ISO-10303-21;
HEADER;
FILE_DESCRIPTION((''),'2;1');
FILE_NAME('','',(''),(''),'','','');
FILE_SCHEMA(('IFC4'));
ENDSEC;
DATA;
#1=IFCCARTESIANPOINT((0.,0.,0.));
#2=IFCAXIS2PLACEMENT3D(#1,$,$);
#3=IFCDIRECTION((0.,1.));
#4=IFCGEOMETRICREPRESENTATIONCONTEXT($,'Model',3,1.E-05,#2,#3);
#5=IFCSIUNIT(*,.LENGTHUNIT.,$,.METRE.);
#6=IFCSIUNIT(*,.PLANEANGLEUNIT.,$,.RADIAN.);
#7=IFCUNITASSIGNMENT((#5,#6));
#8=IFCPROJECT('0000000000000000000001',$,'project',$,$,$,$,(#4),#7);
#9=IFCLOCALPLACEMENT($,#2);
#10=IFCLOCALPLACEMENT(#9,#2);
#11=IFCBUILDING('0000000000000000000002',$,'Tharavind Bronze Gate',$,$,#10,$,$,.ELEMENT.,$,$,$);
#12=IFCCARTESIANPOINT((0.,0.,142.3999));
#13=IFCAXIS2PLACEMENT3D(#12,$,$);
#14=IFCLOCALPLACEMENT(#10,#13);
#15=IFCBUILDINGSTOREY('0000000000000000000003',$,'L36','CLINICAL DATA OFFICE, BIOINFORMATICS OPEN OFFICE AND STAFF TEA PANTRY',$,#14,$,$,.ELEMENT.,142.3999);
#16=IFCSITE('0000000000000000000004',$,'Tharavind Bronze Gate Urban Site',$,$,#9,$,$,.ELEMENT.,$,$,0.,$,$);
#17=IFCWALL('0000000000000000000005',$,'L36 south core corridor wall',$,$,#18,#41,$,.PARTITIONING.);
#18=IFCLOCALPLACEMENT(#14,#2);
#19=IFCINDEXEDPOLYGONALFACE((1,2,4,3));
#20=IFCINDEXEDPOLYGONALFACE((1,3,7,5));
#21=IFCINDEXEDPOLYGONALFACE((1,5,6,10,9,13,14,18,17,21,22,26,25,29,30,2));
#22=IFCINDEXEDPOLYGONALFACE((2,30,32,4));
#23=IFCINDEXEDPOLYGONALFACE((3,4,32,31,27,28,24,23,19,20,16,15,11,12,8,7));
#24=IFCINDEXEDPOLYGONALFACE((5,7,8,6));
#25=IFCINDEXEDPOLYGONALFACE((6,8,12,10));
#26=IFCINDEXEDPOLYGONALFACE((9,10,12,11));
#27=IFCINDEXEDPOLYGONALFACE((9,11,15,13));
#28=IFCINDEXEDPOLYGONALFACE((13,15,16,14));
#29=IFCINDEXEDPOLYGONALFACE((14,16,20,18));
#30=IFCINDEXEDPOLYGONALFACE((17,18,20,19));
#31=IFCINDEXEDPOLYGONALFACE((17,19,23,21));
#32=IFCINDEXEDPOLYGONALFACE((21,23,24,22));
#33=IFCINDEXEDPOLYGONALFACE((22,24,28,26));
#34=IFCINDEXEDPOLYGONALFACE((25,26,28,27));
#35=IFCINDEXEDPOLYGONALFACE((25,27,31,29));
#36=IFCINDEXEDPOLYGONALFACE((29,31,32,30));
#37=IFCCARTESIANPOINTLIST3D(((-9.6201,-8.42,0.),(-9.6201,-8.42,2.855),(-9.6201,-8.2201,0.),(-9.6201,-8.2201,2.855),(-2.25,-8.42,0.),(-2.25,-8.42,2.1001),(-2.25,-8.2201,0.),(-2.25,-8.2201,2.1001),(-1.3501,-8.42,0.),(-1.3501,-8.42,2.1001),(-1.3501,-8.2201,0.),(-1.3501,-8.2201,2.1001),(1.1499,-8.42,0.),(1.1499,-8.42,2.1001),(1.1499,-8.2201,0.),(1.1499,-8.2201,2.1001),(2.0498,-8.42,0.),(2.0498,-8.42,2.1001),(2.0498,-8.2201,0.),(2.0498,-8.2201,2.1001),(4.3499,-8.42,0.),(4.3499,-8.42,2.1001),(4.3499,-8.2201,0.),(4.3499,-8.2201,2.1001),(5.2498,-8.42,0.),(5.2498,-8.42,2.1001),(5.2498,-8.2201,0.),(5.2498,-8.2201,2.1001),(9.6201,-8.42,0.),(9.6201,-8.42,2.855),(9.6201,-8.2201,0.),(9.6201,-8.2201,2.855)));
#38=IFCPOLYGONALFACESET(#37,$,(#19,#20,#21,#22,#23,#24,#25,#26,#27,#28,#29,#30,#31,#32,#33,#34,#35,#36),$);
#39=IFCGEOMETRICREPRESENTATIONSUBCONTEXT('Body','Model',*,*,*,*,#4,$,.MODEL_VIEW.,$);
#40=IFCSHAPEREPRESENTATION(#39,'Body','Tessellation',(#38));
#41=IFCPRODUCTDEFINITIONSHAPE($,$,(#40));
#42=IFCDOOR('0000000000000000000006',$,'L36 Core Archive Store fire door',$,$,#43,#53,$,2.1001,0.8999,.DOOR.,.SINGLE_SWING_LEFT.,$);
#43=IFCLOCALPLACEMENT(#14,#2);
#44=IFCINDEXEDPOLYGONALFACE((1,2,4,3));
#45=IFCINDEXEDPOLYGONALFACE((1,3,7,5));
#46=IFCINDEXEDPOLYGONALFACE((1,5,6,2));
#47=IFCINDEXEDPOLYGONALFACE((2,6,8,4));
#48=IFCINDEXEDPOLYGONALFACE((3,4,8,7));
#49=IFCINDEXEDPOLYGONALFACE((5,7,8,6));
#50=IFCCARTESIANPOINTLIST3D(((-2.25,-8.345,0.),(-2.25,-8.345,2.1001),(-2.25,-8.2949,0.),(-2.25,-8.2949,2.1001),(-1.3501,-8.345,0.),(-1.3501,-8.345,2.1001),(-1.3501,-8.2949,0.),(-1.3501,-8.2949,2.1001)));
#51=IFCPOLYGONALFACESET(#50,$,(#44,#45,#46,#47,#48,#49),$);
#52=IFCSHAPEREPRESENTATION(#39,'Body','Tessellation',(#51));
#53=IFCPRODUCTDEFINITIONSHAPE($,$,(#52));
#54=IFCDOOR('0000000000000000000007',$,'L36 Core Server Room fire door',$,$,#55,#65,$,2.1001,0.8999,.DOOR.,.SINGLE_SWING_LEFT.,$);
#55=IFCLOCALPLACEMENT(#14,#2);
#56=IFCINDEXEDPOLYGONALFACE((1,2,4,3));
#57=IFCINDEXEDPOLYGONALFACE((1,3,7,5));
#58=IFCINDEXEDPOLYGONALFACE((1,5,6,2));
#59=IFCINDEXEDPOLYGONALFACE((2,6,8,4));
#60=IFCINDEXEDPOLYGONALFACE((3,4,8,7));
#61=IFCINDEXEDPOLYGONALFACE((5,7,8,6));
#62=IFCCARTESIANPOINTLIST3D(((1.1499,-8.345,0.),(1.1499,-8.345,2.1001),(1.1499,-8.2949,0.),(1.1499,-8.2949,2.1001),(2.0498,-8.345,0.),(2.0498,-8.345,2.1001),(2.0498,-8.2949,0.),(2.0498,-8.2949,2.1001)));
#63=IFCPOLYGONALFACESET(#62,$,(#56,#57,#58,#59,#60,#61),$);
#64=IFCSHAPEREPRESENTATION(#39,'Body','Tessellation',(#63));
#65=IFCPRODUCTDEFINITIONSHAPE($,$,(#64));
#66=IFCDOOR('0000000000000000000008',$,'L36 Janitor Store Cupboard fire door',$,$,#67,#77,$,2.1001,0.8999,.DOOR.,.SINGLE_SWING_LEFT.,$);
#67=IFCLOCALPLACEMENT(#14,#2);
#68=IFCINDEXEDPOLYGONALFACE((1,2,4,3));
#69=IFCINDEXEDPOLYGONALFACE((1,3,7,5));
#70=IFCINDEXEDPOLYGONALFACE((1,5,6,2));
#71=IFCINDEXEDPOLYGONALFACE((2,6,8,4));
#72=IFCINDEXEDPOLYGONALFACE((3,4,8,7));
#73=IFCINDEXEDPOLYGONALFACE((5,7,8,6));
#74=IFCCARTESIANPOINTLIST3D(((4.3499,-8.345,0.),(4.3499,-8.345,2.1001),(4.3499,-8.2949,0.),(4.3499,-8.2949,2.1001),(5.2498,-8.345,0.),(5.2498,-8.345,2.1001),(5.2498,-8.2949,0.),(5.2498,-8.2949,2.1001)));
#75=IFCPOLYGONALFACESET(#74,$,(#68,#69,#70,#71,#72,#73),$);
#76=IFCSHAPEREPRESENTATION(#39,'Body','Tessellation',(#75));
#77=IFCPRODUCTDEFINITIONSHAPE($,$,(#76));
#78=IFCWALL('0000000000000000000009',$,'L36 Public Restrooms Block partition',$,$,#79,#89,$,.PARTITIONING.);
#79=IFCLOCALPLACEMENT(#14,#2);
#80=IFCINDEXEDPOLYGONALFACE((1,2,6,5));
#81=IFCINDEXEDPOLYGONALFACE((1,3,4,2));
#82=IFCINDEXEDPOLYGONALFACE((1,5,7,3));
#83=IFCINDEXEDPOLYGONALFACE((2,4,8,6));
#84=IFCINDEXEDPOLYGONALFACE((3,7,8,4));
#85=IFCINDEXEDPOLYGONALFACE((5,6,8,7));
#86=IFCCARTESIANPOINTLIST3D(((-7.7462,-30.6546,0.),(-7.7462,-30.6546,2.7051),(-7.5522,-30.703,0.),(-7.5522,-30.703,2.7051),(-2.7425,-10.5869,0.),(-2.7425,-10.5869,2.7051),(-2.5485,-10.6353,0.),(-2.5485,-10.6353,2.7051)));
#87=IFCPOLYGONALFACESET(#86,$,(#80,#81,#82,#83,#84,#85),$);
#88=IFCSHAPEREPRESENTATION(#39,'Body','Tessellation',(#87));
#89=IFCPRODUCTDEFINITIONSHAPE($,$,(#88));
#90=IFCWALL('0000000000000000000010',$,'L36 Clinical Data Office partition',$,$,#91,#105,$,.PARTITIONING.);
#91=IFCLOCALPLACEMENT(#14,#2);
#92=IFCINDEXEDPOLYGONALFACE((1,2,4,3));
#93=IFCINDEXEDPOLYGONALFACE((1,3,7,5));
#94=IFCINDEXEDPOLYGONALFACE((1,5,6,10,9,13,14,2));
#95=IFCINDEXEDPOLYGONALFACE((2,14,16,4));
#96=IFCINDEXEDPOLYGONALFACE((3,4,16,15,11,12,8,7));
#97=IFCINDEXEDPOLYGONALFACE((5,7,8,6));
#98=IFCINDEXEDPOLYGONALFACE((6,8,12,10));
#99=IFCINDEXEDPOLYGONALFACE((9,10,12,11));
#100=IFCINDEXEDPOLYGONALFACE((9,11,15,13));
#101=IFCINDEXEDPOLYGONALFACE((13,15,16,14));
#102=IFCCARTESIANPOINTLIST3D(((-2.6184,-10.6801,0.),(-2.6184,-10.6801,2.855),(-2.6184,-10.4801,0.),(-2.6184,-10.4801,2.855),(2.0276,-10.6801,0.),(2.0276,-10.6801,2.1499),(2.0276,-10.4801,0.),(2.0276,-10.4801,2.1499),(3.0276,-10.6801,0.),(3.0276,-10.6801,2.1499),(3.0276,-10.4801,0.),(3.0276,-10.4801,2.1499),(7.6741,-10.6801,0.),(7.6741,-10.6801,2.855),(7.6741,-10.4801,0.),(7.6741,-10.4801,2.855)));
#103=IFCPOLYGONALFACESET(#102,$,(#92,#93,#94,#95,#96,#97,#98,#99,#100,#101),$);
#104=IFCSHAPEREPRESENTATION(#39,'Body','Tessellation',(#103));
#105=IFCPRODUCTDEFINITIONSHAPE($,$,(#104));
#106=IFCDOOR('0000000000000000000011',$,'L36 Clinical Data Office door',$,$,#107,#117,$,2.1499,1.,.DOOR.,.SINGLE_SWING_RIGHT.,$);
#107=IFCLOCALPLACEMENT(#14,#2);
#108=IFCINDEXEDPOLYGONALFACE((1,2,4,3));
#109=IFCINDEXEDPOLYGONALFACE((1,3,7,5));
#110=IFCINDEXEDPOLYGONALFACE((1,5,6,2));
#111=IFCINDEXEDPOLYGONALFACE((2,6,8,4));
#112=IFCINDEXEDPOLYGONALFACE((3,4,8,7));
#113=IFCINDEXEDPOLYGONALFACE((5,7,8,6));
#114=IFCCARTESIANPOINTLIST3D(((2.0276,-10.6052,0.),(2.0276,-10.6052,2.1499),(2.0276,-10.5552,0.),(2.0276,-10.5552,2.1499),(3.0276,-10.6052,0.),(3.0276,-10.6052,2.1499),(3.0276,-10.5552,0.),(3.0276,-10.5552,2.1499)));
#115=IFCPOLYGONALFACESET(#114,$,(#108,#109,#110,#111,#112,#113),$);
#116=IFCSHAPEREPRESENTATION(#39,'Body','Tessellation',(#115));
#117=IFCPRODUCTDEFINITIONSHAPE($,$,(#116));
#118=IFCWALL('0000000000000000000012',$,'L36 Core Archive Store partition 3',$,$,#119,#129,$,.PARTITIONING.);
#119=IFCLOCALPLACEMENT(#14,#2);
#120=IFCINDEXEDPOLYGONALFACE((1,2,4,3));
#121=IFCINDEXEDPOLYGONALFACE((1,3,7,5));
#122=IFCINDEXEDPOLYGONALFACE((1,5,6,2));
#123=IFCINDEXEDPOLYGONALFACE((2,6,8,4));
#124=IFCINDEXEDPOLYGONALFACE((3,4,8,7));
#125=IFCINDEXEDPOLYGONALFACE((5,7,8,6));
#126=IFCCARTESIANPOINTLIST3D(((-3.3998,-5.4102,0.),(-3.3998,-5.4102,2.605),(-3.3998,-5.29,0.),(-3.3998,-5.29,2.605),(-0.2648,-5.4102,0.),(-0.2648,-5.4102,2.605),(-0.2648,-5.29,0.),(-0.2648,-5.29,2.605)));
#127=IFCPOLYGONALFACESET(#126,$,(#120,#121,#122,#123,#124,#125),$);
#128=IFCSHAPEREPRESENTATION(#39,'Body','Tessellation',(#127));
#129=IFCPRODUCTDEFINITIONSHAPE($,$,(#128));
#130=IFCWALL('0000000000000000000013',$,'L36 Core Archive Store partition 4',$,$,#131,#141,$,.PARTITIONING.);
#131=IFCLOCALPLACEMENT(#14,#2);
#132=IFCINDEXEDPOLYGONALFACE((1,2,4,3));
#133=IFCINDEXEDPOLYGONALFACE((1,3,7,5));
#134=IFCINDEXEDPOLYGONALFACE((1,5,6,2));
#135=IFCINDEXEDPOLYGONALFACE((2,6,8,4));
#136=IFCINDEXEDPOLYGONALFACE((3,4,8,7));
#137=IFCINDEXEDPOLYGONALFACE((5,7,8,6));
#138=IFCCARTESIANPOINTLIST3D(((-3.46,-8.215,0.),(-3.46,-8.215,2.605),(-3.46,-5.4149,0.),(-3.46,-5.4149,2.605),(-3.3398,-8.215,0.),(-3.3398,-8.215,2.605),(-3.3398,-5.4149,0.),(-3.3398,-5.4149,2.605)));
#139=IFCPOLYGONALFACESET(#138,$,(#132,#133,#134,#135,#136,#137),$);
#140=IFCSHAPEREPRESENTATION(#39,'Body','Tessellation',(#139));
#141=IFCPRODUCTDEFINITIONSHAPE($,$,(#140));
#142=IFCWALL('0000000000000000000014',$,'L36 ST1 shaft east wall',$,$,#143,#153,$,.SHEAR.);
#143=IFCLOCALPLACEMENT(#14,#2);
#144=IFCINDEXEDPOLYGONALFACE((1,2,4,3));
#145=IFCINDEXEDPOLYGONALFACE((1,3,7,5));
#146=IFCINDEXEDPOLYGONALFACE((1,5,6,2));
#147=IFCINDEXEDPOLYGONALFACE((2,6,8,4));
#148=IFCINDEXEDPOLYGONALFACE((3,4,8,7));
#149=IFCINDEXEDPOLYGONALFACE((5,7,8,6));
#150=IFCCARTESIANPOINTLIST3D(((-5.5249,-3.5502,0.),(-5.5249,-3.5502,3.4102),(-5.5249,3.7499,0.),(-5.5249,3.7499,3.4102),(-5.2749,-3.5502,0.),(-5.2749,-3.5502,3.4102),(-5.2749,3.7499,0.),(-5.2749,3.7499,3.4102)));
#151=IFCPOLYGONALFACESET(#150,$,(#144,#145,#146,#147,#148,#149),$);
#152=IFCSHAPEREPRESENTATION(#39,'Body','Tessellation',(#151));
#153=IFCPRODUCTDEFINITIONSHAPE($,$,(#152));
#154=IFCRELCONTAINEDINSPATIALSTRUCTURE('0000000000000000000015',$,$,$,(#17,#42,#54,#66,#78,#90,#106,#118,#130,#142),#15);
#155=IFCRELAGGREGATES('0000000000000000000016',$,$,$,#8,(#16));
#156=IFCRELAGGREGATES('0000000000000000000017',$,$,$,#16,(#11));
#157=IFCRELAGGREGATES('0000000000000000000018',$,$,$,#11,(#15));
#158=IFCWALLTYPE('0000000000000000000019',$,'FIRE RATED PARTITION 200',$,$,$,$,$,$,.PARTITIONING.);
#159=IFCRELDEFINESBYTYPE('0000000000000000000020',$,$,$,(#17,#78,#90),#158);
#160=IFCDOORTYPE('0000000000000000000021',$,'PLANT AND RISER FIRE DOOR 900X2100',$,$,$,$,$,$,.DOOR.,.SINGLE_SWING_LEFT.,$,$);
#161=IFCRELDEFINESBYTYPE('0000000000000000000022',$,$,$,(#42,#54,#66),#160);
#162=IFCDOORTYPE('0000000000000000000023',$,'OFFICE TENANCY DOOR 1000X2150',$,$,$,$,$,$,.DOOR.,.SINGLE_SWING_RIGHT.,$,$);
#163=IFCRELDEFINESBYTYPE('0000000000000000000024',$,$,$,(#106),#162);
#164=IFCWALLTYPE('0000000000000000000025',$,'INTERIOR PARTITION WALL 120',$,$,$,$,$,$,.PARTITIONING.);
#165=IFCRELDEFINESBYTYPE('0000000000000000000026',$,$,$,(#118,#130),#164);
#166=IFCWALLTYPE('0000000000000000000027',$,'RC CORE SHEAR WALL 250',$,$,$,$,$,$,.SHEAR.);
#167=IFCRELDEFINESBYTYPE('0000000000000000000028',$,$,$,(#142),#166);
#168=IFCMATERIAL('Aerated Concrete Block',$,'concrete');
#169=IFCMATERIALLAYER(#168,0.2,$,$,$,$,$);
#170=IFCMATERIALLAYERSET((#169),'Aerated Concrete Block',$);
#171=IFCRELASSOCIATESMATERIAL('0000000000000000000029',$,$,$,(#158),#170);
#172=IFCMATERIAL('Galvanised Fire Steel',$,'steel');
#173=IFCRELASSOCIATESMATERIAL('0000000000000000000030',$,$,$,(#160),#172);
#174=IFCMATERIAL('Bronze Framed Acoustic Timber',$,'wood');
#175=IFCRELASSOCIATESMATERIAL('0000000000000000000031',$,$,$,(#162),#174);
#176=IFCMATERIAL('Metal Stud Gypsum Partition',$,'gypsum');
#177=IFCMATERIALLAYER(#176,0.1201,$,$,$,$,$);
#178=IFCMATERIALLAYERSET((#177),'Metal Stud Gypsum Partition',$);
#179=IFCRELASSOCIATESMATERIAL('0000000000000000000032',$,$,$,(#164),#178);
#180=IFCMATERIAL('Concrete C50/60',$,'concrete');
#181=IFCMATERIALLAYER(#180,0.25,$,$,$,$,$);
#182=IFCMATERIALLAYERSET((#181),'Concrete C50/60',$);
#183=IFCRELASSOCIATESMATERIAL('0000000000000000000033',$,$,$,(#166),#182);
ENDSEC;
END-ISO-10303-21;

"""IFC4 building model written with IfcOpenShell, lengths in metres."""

from ifc_helpers import new_model, si_unit, direction, frame, frame_2d, origin, place, context, subcontext, project, spatial, rectangle, extrude, material, layer, layer_set, type_object, element, fill, save


model = new_model("IFC4")

# Units and contexts
model_context = context("Model", 3, precision=1e-05, world=origin(), true_north=direction((0.0, 1.0)))
body_context = subcontext(model_context, "Body", "Model", "MODEL_VIEW")
ifc_project = project(units=[si_unit("LENGTHUNIT", "METRE"), si_unit("PLANEANGLEUNIT", "RADIAN")], contexts=[model_context])

# Site, building, storey
site_placement = place(None, origin())
site = spatial("IfcSite", under=ifc_project, at=site_placement, Name="Tharavind Bronze Gate Urban Site", CompositionType="ELEMENT", RefElevation=0.0)
building_placement = place(site_placement, origin())
building = spatial("IfcBuilding", under=site, at=building_placement, Name="Tharavind Bronze Gate", CompositionType="ELEMENT")
storey_placement = place(building_placement, frame((0.0, 0.0, 142.3999)))
storey = spatial("IfcBuildingStorey", under=building, at=storey_placement, Name="L36", Description="CLINICAL DATA OFFICE, BIOINFORMATICS OPEN OFFICE AND STAFF TEA PANTRY", CompositionType="ELEMENT", Elevation=142.3999)

# Wall, openings, doors
ifc_material_1 = material(Name="Aerated Concrete Block", Category="concrete")
ifc_layer_1 = layer(ifc_material_1, 0.2)
ifc_layer_set_1 = layer_set([ifc_layer_1], Name="Aerated Concrete Block")
wall_type_1 = type_object("IfcWallType", Name="FIRE RATED PARTITION 200", PredefinedType="PARTITIONING", material=ifc_layer_set_1)
wall_1_placement = place(storey_placement, frame((-9.6201, -8.3201, 0.0), z_axis=(0.0, 0.0, 1.0), x_axis=(1.0, 0.0, 0.0)))
wall_1 = element("IfcWall", 1, at=wall_1_placement, inside=storey, type_object=wall_type_1, Name="L36 south core corridor wall", PredefinedType="PARTITIONING", context=body_context, shape_type="SweptSolid", body=[
    extrude(rectangle(XDim=19.2402, YDim=0.2, at=frame_2d((9.6201, 0.0))), origin(), (0.0, 0.0, 1.0), 2.855),
])
opening_1_placement = place(wall_1_placement, frame((7.3701, 0.0, 0.0)))
opening_1 = element("IfcOpeningElement", 2, at=opening_1_placement, cuts=wall_1, PredefinedType="OPENING", context=body_context, shape_type="SweptSolid", body=[
    extrude(rectangle(XDim=0.8999, YDim=2.1001, at=frame_2d((0.45, 1.05))), frame((0.0, 0.1101, 0.0), z_axis=(0.0, -1.0, 0.0), x_axis=(1.0, 0.0, 0.0)), (0.0, 0.0, 1.0), 0.22),
])
opening_2_placement = place(wall_1_placement, frame((10.77, 0.0, 0.0)))
opening_2 = element("IfcOpeningElement", 3, at=opening_2_placement, cuts=wall_1, PredefinedType="OPENING", context=body_context, shape_type="SweptSolid", body=[
    extrude(rectangle(XDim=0.8999, YDim=2.1001, at=frame_2d((0.45, 1.05))), frame((0.0, 0.1101, 0.0), z_axis=(0.0, -1.0, 0.0), x_axis=(1.0, 0.0, 0.0)), (0.0, 0.0, 1.0), 0.22),
])
opening_3_placement = place(wall_1_placement, frame((13.97, 0.0, 0.0)))
opening_3 = element("IfcOpeningElement", 4, at=opening_3_placement, cuts=wall_1, PredefinedType="OPENING", context=body_context, shape_type="SweptSolid", body=[
    extrude(rectangle(XDim=0.8999, YDim=2.1001, at=frame_2d((0.45, 1.05))), frame((0.0, 0.1101, 0.0), z_axis=(0.0, -1.0, 0.0), x_axis=(1.0, 0.0, 0.0)), (0.0, 0.0, 1.0), 0.22),
])
ifc_material_2 = material(Name="Galvanised Fire Steel", Category="steel")
door_type_1 = type_object("IfcDoorType", Name="PLANT AND RISER FIRE DOOR 900X2100", OperationType="SINGLE_SWING_LEFT", PredefinedType="DOOR", material=ifc_material_2)
door_1_placement = place(opening_1_placement, frame((0.8999, 0.0, 0.0), z_axis=(0.0, 0.0, 1.0), x_axis=(-1.0, 0.0, 0.0)))
door_1 = element("IfcDoor", 5, at=door_1_placement, inside=storey, type_object=door_type_1, Name="L36 Core Archive Store fire door", OperationType="SINGLE_SWING_LEFT", OverallHeight=2.1001, OverallWidth=0.8999, PredefinedType="DOOR", context=body_context, shape_type="SweptSolid", body=[
    extrude(rectangle(XDim=0.8999, YDim=2.1001, at=frame_2d((0.45, 1.05))), frame((0.0, 0.0249, 0.0), z_axis=(0.0, -1.0, 0.0), x_axis=(1.0, 0.0, 0.0)), (0.0, 0.0, 1.0), 0.05),
])
fill(opening_1, door_1)
door_2_placement = place(opening_2_placement, frame((0.8999, 0.0, 0.0), z_axis=(0.0, 0.0, 1.0), x_axis=(-1.0, 0.0, 0.0)))
door_2 = element("IfcDoor", 6, at=door_2_placement, inside=storey, type_object=door_type_1, Name="L36 Core Server Room fire door", OperationType="SINGLE_SWING_LEFT", OverallHeight=2.1001, OverallWidth=0.8999, PredefinedType="DOOR", context=body_context, shape_type="SweptSolid", body=[
    extrude(rectangle(XDim=0.8999, YDim=2.1001, at=frame_2d((0.45, 1.05))), frame((0.0, 0.0249, 0.0), z_axis=(0.0, -1.0, 0.0), x_axis=(1.0, 0.0, 0.0)), (0.0, 0.0, 1.0), 0.05),
])
fill(opening_2, door_2)
door_3_placement = place(opening_3_placement, frame((0.8999, 0.0, 0.0), z_axis=(0.0, 0.0, 1.0), x_axis=(-1.0, 0.0, 0.0)))
door_3 = element("IfcDoor", 7, at=door_3_placement, inside=storey, type_object=door_type_1, Name="L36 Janitor Store Cupboard fire door", OperationType="SINGLE_SWING_LEFT", OverallHeight=2.1001, OverallWidth=0.8999, PredefinedType="DOOR", context=body_context, shape_type="SweptSolid", body=[
    extrude(rectangle(XDim=0.8999, YDim=2.1001, at=frame_2d((0.45, 1.05))), frame((0.0, 0.0249, 0.0), z_axis=(0.0, -1.0, 0.0), x_axis=(1.0, 0.0, 0.0)), (0.0, 0.0, 1.0), 0.05),
])
fill(opening_3, door_3)

# Wall
wall_2_placement = place(storey_placement, frame((-2.6455, -10.6111, 0.0), z_axis=(0.0, 0.0, 1.0), x_axis=(-0.241933, -0.970293, 0.0)))
element("IfcWall", 8, at=wall_2_placement, inside=storey, type_object=wall_type_1, Name="L36 Public Restrooms Block partition", PredefinedType="PARTITIONING", context=body_context, shape_type="SweptSolid", body=[
    extrude(rectangle(XDim=20.6821, YDim=0.2, at=frame_2d((10.3411, 0.0))), origin(), (0.0, 0.0, 1.0), 2.7051),
])

# Wall, opening, door
wall_3_placement = place(storey_placement, frame((-2.6184, -10.5801, 0.0), z_axis=(0.0, 0.0, 1.0), x_axis=(1.0, 0.0, 0.0)))
wall_3 = element("IfcWall", 9, at=wall_3_placement, inside=storey, type_object=wall_type_1, Name="L36 Clinical Data Office partition", PredefinedType="PARTITIONING", context=body_context, shape_type="SweptSolid", body=[
    extrude(rectangle(XDim=10.2925, YDim=0.2, at=frame_2d((5.1462, 0.0))), origin(), (0.0, 0.0, 1.0), 2.855),
])
opening_4_placement = place(wall_3_placement, frame((4.646, 0.0, 0.0)))
opening_4 = element("IfcOpeningElement", 10, at=opening_4_placement, cuts=wall_3, PredefinedType="OPENING", context=body_context, shape_type="SweptSolid", body=[
    extrude(rectangle(XDim=1.0, YDim=2.1499, at=frame_2d((0.5, 1.075))), frame((0.0, 0.1101, 0.0), z_axis=(0.0, -1.0, 0.0), x_axis=(1.0, 0.0, 0.0)), (0.0, 0.0, 1.0), 0.22),
])
ifc_material_3 = material(Name="Bronze Framed Acoustic Timber", Category="wood")
door_type_2 = type_object("IfcDoorType", Name="OFFICE TENANCY DOOR 1000X2150", OperationType="SINGLE_SWING_RIGHT", PredefinedType="DOOR", material=ifc_material_3)
door_4_placement = place(opening_4_placement, origin())
door_4 = element("IfcDoor", 11, at=door_4_placement, inside=storey, type_object=door_type_2, Name="L36 Clinical Data Office door", OperationType="SINGLE_SWING_RIGHT", OverallHeight=2.1499, OverallWidth=1.0, PredefinedType="DOOR", context=body_context, shape_type="SweptSolid", body=[
    extrude(rectangle(XDim=1.0, YDim=2.1499, at=frame_2d((0.5, 1.075))), frame((0.0, 0.0249, 0.0), z_axis=(0.0, -1.0, 0.0), x_axis=(1.0, 0.0, 0.0)), (0.0, 0.0, 1.0), 0.05),
])
fill(opening_4, door_4)

# Walls
ifc_material_4 = material(Name="Metal Stud Gypsum Partition", Category="gypsum")
ifc_layer_2 = layer(ifc_material_4, 0.1201)
ifc_layer_set_2 = layer_set([ifc_layer_2], Name="Metal Stud Gypsum Partition")
wall_type_2 = type_object("IfcWallType", Name="INTERIOR PARTITION WALL 120", PredefinedType="PARTITIONING", material=ifc_layer_set_2)
wall_4_placement = place(storey_placement, frame((-0.2649, -5.3501, 0.0), z_axis=(0.0, 0.0, 1.0), x_axis=(-1.0, 0.0, 0.0)))
element("IfcWall", 12, at=wall_4_placement, inside=storey, type_object=wall_type_2, Name="L36 Core Archive Store partition 3", PredefinedType="PARTITIONING", context=body_context, shape_type="SweptSolid", body=[
    extrude(rectangle(XDim=3.135, YDim=0.1201, at=frame_2d((1.5674, 0.0))), origin(), (0.0, 0.0, 1.0), 2.605),
])
wall_5_placement = place(storey_placement, frame((-3.3999, -5.415, 0.0), z_axis=(0.0, 0.0, 1.0), x_axis=(0.0, -1.0, 0.0)))
element("IfcWall", 13, at=wall_5_placement, inside=storey, type_object=wall_type_2, Name="L36 Core Archive Store partition 4", PredefinedType="PARTITIONING", context=body_context, shape_type="SweptSolid", body=[
    extrude(rectangle(XDim=2.8, YDim=0.1201, at=frame_2d((1.3999, 0.0))), origin(), (0.0, 0.0, 1.0), 2.605),
])
ifc_material_5 = material(Name="Concrete C50/60", Category="concrete")
ifc_layer_3 = layer(ifc_material_5, 0.25)
ifc_layer_set_3 = layer_set([ifc_layer_3], Name="Concrete C50/60")
wall_type_3 = type_object("IfcWallType", Name="RC CORE SHEAR WALL 250", PredefinedType="SHEAR", material=ifc_layer_set_3)
wall_6_placement = place(storey_placement, frame((-5.3999, -3.55, 0.0), z_axis=(0.0, 0.0, 1.0), x_axis=(0.0, 1.0, 0.0)))
element("IfcWall", 14, at=wall_6_placement, inside=storey, type_object=wall_type_3, Name="L36 ST1 shaft east wall", PredefinedType="SHEAR", context=body_context, shape_type="SweptSolid", body=[
    extrude(rectangle(XDim=7.3, YDim=0.25, at=frame_2d((3.6499, 0.0))), origin(), (0.0, 0.0, 1.0), 3.4102),
])

save(model, "model.ifc")
